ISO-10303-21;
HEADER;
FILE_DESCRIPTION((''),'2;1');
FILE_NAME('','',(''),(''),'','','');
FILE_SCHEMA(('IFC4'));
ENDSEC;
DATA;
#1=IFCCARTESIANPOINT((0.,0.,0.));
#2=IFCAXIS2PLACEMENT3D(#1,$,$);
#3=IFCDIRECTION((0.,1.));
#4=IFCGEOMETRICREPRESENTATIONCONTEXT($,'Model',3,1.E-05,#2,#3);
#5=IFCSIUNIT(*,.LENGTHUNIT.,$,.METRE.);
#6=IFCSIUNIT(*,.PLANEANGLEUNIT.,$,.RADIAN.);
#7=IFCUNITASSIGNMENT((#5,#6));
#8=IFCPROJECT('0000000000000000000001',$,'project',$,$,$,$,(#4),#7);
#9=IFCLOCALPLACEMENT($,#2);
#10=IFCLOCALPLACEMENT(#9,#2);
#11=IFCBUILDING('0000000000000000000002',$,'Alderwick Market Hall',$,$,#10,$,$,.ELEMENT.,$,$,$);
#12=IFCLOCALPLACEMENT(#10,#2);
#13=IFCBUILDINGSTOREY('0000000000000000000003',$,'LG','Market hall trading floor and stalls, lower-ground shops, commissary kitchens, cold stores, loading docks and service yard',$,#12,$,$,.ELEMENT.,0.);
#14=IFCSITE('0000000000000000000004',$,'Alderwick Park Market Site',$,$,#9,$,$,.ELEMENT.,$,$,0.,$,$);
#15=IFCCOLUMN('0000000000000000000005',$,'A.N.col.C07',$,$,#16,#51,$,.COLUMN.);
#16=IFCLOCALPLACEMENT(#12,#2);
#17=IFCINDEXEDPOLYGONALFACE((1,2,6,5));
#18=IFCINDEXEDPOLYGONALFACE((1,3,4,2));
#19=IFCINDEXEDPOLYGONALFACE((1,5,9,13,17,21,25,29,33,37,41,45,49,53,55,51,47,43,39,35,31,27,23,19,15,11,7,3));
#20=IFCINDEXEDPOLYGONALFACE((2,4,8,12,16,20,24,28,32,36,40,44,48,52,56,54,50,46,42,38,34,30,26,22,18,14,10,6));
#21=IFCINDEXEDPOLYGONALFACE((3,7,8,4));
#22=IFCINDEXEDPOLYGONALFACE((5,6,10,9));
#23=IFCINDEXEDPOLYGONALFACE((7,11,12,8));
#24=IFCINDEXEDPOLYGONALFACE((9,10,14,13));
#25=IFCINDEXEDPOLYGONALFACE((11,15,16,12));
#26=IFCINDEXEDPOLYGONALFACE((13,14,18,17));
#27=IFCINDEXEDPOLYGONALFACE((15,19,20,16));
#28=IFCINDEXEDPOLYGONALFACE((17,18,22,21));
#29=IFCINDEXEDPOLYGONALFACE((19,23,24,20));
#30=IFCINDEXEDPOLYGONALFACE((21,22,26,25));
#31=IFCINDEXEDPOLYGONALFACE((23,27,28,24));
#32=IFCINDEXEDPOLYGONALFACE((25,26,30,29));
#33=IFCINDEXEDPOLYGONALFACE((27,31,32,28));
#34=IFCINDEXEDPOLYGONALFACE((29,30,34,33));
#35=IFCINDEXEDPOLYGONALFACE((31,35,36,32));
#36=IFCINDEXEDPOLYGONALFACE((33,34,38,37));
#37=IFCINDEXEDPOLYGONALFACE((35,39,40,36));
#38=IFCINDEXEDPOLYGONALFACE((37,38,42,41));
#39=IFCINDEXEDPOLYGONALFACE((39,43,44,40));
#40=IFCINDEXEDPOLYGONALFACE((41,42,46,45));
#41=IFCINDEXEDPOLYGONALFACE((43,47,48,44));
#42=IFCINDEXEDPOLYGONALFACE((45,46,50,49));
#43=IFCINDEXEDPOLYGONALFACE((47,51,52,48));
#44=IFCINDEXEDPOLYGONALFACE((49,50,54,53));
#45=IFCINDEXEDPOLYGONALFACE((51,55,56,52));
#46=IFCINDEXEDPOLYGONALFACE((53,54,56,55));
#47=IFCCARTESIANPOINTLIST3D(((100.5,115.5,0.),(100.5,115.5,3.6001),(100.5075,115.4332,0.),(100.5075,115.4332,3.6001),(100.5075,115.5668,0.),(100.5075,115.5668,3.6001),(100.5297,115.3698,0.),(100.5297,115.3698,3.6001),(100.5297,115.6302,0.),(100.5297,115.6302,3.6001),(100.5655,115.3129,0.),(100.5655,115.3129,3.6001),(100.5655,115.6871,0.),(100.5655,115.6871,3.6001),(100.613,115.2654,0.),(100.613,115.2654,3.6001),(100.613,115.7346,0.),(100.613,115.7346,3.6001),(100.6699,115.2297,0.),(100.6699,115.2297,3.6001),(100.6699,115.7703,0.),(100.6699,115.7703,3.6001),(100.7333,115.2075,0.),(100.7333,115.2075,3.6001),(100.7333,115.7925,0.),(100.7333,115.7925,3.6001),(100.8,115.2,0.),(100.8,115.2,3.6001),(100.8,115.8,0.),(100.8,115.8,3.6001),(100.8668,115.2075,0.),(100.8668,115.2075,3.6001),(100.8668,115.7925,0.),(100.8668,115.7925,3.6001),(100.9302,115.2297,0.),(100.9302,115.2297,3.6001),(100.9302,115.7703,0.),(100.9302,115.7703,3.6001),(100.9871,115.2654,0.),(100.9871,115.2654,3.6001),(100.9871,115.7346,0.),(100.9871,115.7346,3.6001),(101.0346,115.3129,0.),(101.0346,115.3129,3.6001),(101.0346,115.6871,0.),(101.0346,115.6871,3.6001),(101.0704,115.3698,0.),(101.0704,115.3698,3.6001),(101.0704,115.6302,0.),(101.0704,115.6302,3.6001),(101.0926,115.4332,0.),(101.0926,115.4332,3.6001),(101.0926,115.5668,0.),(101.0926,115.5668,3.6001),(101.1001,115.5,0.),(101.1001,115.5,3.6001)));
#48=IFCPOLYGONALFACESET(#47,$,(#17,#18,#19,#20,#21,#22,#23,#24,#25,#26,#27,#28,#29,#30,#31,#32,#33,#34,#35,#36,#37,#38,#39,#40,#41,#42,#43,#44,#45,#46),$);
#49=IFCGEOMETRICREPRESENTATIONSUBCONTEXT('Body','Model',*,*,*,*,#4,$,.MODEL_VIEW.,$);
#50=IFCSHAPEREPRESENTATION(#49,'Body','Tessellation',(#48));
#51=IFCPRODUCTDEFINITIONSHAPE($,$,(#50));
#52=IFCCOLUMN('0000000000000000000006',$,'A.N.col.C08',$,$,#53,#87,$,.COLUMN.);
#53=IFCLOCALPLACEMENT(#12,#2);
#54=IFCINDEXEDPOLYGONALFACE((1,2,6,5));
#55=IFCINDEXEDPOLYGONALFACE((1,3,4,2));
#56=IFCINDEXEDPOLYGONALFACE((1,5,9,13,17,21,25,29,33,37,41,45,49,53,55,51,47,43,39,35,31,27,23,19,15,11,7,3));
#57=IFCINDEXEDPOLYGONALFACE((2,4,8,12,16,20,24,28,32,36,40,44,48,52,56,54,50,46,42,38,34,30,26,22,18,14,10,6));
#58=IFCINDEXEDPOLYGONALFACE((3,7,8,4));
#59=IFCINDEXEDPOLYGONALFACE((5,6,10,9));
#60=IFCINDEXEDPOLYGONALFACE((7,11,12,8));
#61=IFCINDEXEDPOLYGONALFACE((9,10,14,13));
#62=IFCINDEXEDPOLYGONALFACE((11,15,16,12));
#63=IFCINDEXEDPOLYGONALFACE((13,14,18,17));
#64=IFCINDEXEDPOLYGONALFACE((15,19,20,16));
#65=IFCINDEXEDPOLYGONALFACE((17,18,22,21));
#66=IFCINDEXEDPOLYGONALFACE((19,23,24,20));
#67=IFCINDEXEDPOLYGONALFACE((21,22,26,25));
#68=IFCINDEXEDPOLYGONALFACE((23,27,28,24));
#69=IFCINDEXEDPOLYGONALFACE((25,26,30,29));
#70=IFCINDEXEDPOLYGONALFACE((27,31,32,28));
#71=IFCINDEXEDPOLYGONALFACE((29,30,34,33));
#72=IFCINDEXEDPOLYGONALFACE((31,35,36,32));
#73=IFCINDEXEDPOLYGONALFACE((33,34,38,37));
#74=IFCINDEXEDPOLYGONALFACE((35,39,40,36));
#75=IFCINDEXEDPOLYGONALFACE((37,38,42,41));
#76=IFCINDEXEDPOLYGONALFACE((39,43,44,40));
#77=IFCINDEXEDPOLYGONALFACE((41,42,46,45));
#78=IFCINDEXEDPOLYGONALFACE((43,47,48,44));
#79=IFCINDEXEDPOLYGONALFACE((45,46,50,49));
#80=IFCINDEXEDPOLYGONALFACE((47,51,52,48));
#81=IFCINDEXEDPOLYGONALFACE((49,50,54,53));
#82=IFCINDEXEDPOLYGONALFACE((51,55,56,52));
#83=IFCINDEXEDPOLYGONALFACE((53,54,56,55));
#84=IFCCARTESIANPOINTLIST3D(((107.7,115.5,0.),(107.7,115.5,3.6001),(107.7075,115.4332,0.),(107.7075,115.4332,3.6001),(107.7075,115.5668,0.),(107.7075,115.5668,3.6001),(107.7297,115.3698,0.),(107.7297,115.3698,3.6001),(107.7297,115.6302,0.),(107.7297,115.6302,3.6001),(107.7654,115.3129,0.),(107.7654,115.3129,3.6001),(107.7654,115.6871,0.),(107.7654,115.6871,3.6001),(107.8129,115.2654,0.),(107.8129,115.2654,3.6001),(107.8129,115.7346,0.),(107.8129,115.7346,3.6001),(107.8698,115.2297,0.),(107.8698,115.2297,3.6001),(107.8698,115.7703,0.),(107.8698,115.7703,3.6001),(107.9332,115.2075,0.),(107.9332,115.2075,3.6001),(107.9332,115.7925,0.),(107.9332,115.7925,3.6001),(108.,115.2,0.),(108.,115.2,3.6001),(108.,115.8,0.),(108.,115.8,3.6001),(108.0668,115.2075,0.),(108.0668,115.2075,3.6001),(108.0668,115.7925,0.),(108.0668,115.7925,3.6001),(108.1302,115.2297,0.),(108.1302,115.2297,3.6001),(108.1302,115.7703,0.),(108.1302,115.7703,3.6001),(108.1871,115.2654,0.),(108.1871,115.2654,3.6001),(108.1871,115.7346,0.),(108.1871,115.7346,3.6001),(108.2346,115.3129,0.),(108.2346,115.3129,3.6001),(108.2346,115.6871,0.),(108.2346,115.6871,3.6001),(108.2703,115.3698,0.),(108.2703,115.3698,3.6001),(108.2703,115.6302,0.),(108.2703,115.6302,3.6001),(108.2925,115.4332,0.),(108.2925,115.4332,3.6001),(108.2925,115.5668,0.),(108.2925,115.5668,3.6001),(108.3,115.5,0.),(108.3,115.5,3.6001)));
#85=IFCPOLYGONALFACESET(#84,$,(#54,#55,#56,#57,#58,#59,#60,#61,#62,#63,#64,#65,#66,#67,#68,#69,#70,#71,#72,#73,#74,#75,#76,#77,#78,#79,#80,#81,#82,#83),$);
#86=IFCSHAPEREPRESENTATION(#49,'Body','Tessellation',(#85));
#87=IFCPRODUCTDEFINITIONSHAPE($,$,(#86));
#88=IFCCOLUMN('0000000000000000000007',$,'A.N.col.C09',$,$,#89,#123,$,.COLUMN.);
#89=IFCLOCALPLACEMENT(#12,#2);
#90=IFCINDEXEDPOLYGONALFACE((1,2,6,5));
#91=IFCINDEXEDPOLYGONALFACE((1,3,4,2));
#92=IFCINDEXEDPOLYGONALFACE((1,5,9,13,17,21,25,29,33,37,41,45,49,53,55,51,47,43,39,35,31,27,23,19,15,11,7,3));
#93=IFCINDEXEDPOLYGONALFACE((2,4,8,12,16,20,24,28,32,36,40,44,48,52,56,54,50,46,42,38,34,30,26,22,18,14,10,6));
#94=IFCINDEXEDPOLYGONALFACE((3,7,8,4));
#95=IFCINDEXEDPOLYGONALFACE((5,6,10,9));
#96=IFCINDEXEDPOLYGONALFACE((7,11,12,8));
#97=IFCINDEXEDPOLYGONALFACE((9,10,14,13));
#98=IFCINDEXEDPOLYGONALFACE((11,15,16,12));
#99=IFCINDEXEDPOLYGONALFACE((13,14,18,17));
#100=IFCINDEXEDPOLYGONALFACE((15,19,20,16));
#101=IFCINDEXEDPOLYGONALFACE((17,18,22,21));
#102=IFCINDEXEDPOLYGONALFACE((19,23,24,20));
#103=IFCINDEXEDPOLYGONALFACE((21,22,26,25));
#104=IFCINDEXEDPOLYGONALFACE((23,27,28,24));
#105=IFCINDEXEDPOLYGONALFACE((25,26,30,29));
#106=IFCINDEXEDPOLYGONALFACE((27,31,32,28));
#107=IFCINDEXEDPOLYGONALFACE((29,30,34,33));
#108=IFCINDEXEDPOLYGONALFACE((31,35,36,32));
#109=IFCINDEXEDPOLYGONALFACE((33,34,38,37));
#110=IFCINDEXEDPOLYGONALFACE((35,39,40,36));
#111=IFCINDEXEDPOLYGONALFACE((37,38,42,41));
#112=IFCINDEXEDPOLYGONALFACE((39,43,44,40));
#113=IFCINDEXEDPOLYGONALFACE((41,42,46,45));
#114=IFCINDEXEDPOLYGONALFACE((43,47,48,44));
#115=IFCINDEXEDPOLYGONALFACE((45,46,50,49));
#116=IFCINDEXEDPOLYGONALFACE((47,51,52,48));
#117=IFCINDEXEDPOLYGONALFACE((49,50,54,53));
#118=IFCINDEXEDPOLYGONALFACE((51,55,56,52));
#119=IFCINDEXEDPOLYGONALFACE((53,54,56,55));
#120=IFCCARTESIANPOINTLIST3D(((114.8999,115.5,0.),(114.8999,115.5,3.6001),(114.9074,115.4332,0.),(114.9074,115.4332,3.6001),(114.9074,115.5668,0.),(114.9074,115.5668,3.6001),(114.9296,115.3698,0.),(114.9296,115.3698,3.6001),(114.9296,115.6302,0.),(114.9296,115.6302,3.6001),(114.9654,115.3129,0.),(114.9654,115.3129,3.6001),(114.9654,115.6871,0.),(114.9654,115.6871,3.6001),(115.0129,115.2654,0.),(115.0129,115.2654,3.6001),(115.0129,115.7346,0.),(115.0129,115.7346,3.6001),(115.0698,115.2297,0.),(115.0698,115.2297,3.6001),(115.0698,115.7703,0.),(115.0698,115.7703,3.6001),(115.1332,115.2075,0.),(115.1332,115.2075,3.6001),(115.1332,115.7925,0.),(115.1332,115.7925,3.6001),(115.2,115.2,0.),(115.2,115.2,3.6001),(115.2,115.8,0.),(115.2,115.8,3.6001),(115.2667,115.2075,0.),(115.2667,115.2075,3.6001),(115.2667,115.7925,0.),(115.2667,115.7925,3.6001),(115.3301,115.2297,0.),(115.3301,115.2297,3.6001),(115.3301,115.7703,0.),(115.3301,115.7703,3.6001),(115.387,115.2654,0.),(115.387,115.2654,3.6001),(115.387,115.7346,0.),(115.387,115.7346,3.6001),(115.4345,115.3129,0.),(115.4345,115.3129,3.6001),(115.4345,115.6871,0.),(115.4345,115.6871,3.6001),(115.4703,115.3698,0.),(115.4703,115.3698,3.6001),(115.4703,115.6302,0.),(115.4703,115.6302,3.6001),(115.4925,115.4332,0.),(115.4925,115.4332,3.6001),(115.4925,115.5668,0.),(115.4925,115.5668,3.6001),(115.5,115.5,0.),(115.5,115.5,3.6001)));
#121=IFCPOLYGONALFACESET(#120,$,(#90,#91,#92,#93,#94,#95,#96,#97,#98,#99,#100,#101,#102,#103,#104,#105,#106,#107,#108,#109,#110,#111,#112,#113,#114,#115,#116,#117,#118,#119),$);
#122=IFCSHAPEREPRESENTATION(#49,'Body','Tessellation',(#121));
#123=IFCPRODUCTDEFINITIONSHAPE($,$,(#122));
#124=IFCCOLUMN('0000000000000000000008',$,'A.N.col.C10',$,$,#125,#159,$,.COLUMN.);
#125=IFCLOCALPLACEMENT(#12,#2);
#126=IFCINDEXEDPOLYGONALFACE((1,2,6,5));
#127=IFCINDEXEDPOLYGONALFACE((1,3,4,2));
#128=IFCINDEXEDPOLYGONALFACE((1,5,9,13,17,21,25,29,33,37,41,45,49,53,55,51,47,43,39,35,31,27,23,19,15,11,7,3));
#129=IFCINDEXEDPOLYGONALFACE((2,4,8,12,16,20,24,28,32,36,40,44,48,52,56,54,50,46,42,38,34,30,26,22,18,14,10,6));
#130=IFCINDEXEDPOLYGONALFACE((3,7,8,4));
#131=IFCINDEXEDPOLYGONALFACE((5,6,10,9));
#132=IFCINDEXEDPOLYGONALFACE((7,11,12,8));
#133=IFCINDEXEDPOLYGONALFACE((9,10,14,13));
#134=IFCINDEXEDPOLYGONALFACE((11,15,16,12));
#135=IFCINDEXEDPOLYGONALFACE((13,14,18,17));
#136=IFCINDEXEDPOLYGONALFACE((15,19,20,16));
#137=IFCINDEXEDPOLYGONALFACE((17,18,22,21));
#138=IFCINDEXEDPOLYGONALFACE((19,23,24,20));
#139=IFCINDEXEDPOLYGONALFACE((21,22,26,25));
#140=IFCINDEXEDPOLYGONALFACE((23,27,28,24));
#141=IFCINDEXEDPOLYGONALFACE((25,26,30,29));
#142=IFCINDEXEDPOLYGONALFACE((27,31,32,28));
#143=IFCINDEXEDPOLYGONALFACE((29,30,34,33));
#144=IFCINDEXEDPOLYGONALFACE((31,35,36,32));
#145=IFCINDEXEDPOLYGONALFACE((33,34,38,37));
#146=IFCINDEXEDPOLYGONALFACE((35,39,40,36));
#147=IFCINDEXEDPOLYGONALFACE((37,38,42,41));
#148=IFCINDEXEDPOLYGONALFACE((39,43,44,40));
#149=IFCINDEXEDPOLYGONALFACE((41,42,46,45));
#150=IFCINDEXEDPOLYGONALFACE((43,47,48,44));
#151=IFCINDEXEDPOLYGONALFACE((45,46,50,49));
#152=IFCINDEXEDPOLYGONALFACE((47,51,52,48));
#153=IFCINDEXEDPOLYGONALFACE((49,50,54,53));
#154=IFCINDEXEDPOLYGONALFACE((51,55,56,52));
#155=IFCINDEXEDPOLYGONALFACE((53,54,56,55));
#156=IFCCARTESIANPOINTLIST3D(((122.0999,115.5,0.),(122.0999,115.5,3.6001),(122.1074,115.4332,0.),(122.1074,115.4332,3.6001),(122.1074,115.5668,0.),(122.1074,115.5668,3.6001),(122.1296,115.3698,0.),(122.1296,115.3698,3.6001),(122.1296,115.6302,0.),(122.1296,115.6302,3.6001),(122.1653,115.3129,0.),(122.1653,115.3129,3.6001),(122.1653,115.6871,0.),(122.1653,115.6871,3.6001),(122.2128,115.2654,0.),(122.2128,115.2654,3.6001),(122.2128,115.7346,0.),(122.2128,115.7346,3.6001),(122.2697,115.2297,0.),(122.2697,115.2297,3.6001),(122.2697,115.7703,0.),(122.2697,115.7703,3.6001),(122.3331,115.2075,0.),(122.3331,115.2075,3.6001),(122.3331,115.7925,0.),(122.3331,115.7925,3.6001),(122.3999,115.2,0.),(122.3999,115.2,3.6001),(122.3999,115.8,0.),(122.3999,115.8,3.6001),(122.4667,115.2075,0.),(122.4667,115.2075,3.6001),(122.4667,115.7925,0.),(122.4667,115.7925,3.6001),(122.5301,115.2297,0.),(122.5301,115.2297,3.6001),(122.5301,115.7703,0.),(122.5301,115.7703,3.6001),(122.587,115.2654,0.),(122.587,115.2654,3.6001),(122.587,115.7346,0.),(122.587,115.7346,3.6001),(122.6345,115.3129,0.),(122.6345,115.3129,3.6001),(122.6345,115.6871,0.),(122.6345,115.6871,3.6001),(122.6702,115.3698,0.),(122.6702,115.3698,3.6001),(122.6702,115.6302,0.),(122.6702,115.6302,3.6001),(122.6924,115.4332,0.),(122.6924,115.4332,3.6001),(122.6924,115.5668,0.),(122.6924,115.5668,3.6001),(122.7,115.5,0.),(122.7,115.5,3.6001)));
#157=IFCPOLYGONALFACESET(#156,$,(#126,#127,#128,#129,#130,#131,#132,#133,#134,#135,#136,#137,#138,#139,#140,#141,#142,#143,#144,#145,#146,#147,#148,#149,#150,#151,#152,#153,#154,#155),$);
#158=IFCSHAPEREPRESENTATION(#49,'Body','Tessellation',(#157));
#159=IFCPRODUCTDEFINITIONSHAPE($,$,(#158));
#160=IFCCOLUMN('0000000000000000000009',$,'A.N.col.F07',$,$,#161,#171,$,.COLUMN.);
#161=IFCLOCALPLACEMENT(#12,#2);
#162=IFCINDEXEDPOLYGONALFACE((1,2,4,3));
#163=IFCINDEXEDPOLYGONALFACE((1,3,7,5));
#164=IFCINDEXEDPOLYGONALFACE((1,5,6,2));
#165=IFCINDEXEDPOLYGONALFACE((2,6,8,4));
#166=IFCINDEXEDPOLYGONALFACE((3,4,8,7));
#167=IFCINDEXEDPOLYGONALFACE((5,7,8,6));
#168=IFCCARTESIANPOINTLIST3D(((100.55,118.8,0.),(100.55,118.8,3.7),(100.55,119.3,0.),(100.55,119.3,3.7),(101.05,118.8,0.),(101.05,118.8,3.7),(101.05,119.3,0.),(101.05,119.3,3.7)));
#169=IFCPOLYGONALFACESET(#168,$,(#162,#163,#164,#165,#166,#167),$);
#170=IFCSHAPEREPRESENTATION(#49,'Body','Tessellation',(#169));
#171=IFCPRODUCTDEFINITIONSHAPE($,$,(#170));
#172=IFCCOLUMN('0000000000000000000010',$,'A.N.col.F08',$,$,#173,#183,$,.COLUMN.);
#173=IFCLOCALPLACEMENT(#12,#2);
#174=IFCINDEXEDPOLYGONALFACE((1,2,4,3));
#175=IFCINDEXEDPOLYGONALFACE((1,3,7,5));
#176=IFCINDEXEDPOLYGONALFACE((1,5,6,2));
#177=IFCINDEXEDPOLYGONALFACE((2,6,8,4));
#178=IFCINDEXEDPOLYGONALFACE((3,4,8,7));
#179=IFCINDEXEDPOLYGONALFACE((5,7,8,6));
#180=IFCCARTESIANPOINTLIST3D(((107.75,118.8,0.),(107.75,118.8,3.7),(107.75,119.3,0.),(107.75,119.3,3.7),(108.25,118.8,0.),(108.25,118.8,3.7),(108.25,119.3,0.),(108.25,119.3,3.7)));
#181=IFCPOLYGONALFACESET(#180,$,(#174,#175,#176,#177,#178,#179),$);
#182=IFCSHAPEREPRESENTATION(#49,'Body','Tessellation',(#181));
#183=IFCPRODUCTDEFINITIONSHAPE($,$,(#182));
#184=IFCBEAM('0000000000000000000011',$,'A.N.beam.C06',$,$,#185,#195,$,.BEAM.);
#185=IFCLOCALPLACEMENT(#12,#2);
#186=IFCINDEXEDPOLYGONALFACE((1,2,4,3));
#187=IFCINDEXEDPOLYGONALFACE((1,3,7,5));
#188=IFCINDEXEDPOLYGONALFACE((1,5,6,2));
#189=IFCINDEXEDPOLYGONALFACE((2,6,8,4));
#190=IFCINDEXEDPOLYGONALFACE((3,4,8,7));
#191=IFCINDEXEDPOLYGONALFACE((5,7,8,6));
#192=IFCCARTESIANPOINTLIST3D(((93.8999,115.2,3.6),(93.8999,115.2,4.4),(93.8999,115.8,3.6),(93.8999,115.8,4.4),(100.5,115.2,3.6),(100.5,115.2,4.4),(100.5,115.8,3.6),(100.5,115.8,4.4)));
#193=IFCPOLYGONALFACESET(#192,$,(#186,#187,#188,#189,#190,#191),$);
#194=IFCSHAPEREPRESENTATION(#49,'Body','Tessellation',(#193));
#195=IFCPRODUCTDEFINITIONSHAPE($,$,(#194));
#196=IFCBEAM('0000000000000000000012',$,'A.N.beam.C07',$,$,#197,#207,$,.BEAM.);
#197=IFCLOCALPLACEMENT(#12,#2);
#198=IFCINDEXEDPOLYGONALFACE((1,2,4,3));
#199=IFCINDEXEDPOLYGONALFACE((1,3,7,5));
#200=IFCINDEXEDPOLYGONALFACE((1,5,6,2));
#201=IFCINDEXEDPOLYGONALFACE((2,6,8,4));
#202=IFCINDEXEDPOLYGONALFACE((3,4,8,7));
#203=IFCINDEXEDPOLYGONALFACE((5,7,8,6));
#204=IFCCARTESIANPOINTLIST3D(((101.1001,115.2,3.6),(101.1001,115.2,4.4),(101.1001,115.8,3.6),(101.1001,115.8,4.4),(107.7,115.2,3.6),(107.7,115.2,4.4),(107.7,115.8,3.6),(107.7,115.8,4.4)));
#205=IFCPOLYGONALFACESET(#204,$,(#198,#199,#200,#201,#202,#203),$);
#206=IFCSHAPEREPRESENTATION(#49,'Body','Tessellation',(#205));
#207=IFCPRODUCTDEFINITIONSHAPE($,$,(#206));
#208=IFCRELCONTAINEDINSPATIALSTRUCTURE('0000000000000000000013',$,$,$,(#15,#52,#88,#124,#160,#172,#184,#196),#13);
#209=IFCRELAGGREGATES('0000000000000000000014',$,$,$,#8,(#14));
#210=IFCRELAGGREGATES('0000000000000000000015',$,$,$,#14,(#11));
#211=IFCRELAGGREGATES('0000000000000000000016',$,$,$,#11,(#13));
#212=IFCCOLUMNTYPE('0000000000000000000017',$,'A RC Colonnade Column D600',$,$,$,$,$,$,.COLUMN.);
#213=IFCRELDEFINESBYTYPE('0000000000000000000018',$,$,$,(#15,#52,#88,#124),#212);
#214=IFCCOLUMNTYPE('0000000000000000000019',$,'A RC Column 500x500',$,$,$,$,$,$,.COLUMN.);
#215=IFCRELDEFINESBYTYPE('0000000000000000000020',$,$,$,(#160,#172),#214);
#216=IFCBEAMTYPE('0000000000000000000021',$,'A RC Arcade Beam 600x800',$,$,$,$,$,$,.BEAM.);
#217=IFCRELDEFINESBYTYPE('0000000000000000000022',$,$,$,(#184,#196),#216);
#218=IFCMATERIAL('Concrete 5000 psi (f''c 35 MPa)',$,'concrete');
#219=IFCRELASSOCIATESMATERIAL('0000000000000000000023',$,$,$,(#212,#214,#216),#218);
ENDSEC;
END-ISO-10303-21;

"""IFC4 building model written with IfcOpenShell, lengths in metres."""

from ifc_helpers import new_model, si_unit, direction, frame, origin, origin_2d, place, context, subcontext, project, spatial, rectangle, circle, extrude, material, material_profile, profile_set, type_object, element, save


model = new_model("IFC4")

# Units and contexts
model_context = context("Model", 3, precision=1e-05, world=origin(), true_north=direction((0.0, 1.0)))
body_context = subcontext(model_context, "Body", "Model", "MODEL_VIEW")
ifc_project = project(units=[si_unit("LENGTHUNIT", "METRE"), si_unit("PLANEANGLEUNIT", "RADIAN")], contexts=[model_context])

# Site, building, storey
site_placement = place(None, origin())
site = spatial("IfcSite", under=ifc_project, at=site_placement, Name="Alderwick Park Market Site", CompositionType="ELEMENT", RefElevation=0.0)
building_placement = place(site_placement, origin())
building = spatial("IfcBuilding", under=site, at=building_placement, Name="Alderwick Market Hall", CompositionType="ELEMENT")
storey_placement = place(building_placement, origin())
storey = spatial("IfcBuildingStorey", under=building, at=storey_placement, Name="LG", Description="Market hall trading floor and stalls, lower-ground shops, commissary kitchens, cold stores, loading docks and service yard", CompositionType="ELEMENT", Elevation=0.0)

# Columns
ifc_material_1 = material(Name="Concrete 5000 psi (f'c 35 MPa)", Category="concrete")
ifc_material_profile_1 = material_profile(ifc_material_1, circle(Radius=0.3, at=origin_2d()), Name="A RC Colonnade Column D600")
ifc_profile_set_1 = profile_set([ifc_material_profile_1], Name="Concrete 5000 psi (f'c 35 MPa)")
column_type_1 = type_object("IfcColumnType", Name="A RC Colonnade Column D600", PredefinedType="COLUMN", material=ifc_profile_set_1)
for number, where, z_axis, x_axis, name in (
    (1, (100.8, 115.5, 0.0), (0.0, 0.0, 1.0), (1.0, 0.0, 0.0), "A.N.col.C07"),
    (2, (108.0, 115.5, 0.0), (0.0, 0.0, 1.0), (1.0, 0.0, 0.0), "A.N.col.C08"),
    (3, (115.2, 115.5, 0.0), (0.0, 0.0, 1.0), (1.0, 0.0, 0.0), "A.N.col.C09"),
    (4, (122.3999, 115.5, 0.0), (0.0, 0.0, 1.0), (1.0, 0.0, 0.0), "A.N.col.C10"),
):
    element("IfcColumn", number, at=place(storey_placement, frame(where, z_axis=z_axis, x_axis=x_axis)), inside=storey, type_object=column_type_1, Name=name, PredefinedType="COLUMN", context=body_context, shape_type="SweptSolid", body=[
        extrude(circle(Radius=0.3, at=origin_2d()), origin(), (0.0, 0.0, 1.0), 3.6001),
    ])
ifc_material_profile_2 = material_profile(ifc_material_1, rectangle(XDim=0.5, YDim=0.5, at=origin_2d()), Name="A RC Column 500x500")
ifc_profile_set_2 = profile_set([ifc_material_profile_2], Name="Concrete 5000 psi (f'c 35 MPa)")
column_type_2 = type_object("IfcColumnType", Name="A RC Column 500x500", PredefinedType="COLUMN", material=ifc_profile_set_2)
for number, where, z_axis, x_axis, name in (
    (5, (100.8, 119.05, 0.0), (0.0, 0.0, 1.0), (1.0, 0.0, 0.0), "A.N.col.F07"),
    (6, (108.0, 119.05, 0.0), (0.0, 0.0, 1.0), (1.0, 0.0, 0.0), "A.N.col.F08"),
):
    element("IfcColumn", number, at=place(storey_placement, frame(where, z_axis=z_axis, x_axis=x_axis)), inside=storey, type_object=column_type_2, Name=name, PredefinedType="COLUMN", context=body_context, shape_type="SweptSolid", body=[
        extrude(rectangle(XDim=0.5, YDim=0.5, at=origin_2d()), origin(), (0.0, 0.0, 1.0), 3.7),
    ])

# Beams
ifc_material_profile_3 = material_profile(ifc_material_1, rectangle(XDim=0.6001, YDim=0.8, at=origin_2d()), Name="A RC Arcade Beam 600x800")
ifc_profile_set_3 = profile_set([ifc_material_profile_3], Name="Concrete 5000 psi (f'c 35 MPa)")
beam_type_1 = type_object("IfcBeamType", Name="A RC Arcade Beam 600x800", PredefinedType="BEAM", material=ifc_profile_set_3)
beam_1_placement = place(storey_placement, frame((93.8999, 115.5, 4.0), z_axis=(1.0, 0.0, 0.0), x_axis=(0.0, 1.0, 0.0)))
element("IfcBeam", 7, at=beam_1_placement, inside=storey, type_object=beam_type_1, Name="A.N.beam.C06", PredefinedType="BEAM", context=body_context, shape_type="SweptSolid", body=[
    extrude(rectangle(XDim=0.6001, YDim=0.8, at=origin_2d()), origin(), (0.0, 0.0, 1.0), 6.6001),
])
for number, where, z_axis, x_axis, name in (
    (8, (101.1001, 115.5, 4.0), (1.0, 0.0, 0.0), (0.0, 1.0, 0.0), "A.N.beam.C07"),
):
    element("IfcBeam", number, at=place(storey_placement, frame(where, z_axis=z_axis, x_axis=x_axis)), inside=storey, type_object=beam_type_1, Name=name, PredefinedType="BEAM", context=body_context, shape_type="SweptSolid", body=[
        extrude(rectangle(XDim=0.6001, YDim=0.8, at=origin_2d()), origin(), (0.0, 0.0, 1.0), 6.5999),
    ])

save(model, "model.ifc")
